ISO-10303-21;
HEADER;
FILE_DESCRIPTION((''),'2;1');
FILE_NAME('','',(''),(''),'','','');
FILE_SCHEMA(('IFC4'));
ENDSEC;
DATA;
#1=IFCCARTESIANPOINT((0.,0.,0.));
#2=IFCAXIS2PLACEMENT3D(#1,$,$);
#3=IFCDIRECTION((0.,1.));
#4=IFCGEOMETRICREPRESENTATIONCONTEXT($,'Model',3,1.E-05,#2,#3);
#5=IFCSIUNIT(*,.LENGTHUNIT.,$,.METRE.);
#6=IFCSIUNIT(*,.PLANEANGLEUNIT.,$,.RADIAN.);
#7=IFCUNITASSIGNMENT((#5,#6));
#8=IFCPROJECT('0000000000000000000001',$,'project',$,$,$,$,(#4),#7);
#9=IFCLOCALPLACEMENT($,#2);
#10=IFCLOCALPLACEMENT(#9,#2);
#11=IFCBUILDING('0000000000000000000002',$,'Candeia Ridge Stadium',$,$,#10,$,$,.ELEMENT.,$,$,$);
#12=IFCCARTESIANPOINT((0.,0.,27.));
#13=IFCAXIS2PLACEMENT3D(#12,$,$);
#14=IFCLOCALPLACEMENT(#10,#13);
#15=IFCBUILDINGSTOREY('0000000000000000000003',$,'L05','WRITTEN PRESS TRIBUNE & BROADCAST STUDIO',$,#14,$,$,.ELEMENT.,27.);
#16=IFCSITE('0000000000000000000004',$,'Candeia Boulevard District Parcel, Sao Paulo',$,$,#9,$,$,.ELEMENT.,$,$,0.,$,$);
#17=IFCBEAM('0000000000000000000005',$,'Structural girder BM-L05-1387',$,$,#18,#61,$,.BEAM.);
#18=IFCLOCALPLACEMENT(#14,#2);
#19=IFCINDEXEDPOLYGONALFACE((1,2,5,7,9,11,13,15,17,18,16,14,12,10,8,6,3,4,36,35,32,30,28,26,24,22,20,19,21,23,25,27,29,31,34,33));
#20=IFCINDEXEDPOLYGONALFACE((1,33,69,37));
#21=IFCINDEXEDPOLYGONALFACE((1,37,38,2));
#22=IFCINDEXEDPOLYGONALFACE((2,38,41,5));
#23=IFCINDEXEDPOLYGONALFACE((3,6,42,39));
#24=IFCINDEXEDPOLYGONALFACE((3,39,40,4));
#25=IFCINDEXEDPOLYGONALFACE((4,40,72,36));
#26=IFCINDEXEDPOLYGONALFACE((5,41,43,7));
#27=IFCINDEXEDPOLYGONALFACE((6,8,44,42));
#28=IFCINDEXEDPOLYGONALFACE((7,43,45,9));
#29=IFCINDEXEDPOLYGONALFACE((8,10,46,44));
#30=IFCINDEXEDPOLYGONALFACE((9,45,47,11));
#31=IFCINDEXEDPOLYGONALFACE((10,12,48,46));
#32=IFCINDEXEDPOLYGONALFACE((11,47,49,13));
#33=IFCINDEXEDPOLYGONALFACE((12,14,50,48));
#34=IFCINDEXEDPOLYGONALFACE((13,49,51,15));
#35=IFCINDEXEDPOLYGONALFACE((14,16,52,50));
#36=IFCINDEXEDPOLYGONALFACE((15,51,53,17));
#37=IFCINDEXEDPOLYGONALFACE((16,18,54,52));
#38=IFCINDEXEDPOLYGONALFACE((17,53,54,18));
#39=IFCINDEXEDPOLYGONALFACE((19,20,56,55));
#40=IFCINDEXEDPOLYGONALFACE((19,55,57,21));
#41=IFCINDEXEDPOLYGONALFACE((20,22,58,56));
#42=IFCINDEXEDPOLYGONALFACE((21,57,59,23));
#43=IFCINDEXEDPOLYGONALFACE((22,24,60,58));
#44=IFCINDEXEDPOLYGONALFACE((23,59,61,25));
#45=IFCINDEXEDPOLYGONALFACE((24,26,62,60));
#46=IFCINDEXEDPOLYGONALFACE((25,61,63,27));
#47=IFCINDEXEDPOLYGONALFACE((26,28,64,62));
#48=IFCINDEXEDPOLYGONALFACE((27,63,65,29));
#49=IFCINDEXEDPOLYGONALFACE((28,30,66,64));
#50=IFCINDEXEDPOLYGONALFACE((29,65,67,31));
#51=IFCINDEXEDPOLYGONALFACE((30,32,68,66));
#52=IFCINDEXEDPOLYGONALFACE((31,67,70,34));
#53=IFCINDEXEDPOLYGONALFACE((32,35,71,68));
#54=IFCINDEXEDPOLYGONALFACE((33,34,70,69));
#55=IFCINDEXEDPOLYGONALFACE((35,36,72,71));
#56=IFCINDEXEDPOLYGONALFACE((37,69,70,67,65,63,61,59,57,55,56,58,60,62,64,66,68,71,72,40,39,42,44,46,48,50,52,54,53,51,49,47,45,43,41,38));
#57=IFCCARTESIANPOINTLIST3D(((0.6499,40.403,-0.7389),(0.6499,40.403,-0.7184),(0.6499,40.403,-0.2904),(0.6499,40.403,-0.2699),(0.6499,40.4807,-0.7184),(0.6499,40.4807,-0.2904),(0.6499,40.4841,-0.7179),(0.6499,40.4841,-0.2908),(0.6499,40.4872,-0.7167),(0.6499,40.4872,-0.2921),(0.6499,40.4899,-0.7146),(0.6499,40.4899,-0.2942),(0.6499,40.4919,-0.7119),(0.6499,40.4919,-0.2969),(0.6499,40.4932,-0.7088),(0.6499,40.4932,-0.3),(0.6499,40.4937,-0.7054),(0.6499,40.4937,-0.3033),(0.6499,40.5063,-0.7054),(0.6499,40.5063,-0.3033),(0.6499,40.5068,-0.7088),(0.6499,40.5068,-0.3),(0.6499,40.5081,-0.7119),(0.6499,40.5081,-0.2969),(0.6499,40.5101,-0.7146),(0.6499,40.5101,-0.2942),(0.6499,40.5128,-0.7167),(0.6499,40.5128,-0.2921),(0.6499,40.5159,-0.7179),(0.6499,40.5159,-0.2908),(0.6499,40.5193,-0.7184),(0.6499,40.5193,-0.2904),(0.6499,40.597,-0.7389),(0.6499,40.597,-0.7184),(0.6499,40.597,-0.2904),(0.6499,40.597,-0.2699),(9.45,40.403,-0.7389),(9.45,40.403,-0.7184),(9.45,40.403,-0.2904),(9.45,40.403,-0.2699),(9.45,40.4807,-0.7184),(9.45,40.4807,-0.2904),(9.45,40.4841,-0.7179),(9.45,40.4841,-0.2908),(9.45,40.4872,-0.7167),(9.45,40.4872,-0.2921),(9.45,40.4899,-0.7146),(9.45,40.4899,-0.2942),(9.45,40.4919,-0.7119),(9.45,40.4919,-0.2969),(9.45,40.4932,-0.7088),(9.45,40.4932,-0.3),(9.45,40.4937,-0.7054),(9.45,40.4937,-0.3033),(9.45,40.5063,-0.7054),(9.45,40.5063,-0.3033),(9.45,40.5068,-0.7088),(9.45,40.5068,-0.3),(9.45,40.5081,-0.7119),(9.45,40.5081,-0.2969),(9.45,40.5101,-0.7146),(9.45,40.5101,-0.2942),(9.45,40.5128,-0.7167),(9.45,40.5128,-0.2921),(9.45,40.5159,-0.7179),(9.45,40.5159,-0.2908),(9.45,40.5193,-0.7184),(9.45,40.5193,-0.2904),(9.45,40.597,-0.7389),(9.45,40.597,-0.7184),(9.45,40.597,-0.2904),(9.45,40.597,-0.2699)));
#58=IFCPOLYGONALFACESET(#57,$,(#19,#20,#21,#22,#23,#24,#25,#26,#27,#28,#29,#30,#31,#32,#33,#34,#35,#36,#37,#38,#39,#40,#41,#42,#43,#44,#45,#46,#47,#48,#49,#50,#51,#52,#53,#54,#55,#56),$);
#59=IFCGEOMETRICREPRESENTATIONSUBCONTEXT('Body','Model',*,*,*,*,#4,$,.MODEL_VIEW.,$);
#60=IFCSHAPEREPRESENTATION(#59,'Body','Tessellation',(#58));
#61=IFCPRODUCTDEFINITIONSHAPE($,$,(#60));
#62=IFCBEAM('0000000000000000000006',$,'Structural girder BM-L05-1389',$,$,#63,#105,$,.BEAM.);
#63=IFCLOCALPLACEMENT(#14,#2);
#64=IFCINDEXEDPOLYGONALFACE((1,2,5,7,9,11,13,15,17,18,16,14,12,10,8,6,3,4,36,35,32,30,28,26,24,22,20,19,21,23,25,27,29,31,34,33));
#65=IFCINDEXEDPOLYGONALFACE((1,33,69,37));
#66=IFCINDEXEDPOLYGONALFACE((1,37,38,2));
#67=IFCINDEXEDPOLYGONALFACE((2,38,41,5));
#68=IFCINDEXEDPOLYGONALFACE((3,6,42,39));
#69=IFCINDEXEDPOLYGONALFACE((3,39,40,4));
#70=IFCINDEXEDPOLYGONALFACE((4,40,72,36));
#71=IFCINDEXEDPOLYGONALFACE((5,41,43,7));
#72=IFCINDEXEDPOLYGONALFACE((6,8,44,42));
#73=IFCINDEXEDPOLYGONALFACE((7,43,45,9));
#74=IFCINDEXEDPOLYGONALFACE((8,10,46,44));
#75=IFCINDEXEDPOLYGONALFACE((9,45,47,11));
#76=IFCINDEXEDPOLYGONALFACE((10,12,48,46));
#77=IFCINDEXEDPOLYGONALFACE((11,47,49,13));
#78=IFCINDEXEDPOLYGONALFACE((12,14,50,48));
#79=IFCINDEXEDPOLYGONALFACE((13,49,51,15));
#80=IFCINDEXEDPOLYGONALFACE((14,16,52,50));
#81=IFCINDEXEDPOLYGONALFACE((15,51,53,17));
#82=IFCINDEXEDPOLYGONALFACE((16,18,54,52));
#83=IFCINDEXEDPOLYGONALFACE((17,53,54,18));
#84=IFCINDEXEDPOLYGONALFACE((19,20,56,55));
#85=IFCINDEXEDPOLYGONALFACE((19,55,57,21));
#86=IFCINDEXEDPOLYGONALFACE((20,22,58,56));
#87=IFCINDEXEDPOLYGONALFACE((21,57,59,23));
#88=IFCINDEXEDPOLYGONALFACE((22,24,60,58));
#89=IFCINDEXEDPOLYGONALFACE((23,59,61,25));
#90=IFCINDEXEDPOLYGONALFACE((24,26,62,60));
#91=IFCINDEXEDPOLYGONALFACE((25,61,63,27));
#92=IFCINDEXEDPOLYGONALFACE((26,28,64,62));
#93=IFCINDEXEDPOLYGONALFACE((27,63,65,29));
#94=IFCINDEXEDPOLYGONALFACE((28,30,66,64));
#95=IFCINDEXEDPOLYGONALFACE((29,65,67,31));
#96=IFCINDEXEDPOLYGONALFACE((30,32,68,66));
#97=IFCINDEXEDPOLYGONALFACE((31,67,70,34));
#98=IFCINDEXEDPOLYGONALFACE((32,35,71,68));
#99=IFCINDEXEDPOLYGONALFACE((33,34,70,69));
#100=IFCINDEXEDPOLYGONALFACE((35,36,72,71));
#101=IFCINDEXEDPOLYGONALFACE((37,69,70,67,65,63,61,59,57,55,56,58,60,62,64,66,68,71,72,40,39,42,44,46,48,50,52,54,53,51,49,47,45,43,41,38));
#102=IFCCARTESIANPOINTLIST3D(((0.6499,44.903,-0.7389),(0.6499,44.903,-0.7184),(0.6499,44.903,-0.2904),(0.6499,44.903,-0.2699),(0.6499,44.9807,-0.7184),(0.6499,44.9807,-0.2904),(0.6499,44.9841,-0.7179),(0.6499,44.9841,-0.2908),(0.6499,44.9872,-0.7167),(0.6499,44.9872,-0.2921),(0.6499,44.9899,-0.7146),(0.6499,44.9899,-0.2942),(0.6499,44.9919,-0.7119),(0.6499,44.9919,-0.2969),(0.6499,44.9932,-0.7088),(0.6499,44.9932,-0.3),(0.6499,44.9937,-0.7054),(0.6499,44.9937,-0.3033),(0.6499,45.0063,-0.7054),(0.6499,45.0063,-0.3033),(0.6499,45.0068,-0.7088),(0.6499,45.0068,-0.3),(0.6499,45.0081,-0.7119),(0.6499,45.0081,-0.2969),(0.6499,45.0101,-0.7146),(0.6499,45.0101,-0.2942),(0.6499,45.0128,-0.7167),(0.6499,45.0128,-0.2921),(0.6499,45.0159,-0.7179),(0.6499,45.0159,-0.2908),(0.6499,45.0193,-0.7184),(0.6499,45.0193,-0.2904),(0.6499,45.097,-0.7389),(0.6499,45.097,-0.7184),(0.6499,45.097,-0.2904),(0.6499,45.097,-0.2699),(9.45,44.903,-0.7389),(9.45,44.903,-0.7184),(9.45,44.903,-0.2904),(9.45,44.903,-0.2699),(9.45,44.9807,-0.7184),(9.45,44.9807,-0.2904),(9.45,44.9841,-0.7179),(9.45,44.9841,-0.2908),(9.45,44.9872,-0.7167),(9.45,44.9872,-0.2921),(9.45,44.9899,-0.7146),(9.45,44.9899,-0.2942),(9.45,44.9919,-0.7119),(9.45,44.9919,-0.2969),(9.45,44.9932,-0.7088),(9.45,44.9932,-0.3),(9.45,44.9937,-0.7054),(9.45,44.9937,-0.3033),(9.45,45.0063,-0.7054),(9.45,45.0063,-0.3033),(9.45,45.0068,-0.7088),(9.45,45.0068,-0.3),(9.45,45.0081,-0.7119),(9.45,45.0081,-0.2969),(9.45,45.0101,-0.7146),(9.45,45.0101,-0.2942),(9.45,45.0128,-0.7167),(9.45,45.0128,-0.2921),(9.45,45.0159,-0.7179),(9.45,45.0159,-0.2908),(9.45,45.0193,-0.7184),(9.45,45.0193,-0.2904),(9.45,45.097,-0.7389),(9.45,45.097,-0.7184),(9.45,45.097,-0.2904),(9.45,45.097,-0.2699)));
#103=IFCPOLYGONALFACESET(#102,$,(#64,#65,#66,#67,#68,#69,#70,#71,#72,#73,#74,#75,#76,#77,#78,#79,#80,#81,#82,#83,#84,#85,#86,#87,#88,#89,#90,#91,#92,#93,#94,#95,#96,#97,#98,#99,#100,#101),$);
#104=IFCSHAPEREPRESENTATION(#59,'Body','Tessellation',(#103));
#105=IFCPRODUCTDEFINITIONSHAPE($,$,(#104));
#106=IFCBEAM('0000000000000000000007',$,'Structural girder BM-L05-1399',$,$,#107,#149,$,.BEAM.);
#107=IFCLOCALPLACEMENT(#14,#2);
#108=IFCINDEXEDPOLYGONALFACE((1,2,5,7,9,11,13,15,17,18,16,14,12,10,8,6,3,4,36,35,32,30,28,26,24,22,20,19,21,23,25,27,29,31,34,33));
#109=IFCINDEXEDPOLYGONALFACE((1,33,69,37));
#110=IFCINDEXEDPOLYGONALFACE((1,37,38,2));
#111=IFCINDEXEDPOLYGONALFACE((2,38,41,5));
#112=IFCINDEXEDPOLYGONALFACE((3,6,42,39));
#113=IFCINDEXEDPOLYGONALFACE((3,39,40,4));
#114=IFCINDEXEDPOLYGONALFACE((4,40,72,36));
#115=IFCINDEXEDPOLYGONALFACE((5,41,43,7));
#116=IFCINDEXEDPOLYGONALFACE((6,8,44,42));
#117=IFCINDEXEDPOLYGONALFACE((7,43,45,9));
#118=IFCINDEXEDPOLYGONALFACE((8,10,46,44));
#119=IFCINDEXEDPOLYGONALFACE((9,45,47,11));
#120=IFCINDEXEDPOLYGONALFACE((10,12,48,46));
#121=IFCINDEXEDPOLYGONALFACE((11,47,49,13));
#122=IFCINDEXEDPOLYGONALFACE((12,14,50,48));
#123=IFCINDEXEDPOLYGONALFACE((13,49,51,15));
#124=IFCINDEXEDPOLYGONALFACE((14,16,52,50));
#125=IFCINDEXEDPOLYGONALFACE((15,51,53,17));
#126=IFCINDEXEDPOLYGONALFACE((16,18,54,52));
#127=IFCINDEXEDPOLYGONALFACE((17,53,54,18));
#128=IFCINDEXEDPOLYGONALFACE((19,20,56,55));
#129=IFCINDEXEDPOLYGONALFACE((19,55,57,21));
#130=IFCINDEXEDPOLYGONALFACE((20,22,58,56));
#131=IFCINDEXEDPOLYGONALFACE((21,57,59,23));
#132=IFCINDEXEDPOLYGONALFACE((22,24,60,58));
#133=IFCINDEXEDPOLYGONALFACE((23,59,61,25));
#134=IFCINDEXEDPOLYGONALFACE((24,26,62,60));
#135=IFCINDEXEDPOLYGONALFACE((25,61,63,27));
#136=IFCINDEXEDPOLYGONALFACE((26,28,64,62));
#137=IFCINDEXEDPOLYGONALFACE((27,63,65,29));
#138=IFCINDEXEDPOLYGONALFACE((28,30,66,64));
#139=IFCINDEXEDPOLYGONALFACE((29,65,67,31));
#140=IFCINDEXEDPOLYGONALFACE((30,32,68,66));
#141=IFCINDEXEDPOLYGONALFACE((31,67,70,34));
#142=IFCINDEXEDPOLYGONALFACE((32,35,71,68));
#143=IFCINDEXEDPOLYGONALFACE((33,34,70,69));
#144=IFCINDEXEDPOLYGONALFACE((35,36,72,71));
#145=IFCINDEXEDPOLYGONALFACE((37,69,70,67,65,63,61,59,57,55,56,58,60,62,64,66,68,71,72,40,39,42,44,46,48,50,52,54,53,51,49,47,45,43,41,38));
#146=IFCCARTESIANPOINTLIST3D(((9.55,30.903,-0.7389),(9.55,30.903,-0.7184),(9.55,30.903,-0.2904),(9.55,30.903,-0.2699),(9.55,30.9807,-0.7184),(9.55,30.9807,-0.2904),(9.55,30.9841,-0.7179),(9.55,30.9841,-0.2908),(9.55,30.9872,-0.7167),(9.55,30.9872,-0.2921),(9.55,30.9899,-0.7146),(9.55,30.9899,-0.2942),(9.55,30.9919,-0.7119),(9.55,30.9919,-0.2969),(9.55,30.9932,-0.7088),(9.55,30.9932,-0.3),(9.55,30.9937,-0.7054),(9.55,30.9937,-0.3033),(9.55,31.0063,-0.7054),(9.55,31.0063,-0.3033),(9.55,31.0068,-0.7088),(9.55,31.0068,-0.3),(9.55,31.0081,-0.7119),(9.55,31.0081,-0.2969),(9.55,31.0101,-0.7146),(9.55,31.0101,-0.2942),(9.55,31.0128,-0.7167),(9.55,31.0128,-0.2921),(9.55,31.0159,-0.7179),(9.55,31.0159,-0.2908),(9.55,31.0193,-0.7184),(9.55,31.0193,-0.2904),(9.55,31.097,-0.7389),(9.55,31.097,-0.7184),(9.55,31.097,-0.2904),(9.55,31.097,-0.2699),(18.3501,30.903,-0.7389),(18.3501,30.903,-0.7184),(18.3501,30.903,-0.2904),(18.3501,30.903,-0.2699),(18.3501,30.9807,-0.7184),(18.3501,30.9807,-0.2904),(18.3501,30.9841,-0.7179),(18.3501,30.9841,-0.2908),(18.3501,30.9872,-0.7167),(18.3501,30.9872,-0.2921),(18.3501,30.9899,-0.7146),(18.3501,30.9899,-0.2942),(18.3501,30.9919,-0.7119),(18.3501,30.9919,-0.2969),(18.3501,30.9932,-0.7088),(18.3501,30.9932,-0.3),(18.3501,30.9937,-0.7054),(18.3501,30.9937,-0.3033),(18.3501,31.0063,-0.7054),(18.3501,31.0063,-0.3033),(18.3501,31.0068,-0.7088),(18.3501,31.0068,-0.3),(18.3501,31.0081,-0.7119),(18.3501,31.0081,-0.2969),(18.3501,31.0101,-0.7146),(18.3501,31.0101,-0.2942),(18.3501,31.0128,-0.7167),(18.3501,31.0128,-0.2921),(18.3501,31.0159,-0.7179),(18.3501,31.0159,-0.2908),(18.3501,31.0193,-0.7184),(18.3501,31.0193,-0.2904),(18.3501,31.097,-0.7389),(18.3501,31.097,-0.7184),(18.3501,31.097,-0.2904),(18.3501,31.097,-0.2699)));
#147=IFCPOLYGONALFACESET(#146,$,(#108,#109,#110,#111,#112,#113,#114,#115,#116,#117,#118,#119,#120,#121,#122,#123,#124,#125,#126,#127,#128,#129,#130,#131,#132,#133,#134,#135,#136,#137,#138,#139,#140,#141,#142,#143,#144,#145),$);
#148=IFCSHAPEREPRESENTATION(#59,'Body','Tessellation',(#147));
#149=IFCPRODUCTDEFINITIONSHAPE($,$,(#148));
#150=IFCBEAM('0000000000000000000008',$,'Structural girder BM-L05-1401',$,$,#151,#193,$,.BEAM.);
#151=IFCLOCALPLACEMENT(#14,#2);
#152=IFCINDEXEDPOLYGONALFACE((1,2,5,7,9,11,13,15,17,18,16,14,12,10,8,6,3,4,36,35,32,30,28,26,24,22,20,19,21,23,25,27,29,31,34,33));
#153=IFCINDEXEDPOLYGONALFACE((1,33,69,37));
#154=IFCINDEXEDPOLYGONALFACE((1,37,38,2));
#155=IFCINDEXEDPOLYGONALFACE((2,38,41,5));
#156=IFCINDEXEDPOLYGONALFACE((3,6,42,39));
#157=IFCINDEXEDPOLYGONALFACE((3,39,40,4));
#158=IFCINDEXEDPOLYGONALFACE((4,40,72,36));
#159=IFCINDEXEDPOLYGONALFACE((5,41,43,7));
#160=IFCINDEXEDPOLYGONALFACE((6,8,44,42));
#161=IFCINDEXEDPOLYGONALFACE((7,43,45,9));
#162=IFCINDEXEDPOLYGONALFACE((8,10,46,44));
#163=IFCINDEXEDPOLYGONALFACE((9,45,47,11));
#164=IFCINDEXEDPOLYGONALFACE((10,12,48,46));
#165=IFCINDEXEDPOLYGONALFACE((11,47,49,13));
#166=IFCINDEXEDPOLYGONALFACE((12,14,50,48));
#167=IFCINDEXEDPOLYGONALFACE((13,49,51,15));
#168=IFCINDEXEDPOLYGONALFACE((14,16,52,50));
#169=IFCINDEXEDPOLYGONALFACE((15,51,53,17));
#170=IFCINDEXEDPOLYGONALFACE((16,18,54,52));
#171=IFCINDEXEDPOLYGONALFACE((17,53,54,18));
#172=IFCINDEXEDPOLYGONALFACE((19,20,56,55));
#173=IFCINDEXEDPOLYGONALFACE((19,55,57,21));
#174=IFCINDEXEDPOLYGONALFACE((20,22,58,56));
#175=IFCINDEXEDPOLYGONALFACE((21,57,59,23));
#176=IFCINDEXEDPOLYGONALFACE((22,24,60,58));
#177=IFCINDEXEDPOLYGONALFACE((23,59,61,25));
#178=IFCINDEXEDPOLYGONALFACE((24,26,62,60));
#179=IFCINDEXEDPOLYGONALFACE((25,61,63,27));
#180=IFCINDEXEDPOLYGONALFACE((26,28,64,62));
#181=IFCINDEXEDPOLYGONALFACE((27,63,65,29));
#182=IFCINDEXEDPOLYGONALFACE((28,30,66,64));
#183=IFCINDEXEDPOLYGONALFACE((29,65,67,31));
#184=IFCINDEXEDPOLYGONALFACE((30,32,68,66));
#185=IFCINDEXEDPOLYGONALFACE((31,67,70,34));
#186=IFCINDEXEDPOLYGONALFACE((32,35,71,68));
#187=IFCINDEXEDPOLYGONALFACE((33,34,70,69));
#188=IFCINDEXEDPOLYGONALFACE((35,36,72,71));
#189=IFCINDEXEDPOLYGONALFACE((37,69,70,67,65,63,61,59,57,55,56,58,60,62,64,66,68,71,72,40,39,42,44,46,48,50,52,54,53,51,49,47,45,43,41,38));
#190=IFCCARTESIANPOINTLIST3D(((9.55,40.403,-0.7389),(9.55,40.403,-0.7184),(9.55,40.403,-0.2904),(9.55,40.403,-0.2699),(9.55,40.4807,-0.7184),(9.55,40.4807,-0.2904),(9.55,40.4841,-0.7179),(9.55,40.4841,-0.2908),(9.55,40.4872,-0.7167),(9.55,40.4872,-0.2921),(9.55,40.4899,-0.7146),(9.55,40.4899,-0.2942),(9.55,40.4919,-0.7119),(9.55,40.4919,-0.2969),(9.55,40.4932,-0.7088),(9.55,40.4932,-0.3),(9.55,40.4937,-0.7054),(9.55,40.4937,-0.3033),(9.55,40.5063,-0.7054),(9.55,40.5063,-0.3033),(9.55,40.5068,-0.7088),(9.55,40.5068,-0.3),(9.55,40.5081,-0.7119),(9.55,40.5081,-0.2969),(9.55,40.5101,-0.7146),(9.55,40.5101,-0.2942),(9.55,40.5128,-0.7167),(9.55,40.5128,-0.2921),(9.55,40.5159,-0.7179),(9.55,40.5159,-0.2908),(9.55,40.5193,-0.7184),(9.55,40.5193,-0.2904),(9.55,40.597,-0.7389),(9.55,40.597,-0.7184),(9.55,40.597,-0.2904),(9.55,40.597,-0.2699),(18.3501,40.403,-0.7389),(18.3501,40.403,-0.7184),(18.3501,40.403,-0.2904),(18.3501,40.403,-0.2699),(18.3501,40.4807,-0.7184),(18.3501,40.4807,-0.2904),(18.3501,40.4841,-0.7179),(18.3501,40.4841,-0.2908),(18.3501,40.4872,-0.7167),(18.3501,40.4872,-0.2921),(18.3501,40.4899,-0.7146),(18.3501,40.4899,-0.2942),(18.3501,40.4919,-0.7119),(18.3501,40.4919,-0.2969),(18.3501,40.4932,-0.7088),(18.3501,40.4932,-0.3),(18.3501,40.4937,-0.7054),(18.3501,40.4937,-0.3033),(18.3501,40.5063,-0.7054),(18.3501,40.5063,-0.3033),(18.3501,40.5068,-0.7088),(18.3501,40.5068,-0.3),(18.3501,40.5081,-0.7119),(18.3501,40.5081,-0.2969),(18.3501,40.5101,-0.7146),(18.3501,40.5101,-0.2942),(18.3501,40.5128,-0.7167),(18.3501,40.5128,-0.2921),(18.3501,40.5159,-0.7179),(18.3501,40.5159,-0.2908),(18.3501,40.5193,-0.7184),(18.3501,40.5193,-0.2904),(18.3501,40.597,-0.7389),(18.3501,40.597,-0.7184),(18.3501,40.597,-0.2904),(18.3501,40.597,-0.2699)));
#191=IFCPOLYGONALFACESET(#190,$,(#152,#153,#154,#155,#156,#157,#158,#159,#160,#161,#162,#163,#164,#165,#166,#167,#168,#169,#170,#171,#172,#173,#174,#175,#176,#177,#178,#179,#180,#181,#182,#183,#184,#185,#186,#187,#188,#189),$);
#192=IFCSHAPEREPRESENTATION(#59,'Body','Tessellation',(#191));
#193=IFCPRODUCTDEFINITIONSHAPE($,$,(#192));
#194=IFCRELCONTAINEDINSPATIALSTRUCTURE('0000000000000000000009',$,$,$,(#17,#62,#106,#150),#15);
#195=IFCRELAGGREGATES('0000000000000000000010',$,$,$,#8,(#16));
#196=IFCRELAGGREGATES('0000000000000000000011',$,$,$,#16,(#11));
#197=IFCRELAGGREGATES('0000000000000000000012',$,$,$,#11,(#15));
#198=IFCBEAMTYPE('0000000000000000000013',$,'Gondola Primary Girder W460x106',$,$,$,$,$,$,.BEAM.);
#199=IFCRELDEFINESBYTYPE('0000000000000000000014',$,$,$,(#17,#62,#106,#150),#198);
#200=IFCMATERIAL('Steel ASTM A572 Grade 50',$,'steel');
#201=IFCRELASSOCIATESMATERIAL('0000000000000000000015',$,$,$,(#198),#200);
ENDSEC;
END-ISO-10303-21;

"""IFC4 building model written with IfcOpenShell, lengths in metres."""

from ifc_helpers import new_model, si_unit, direction, frame, origin, origin_2d, place, context, subcontext, project, spatial, i_section, extrude, material, material_profile, profile_set, type_object, element, save


model = new_model("IFC4")

# Units and contexts
model_context = context("Model", 3, precision=1e-05, world=origin(), true_north=direction((0.0, 1.0)))
body_context = subcontext(model_context, "Body", "Model", "MODEL_VIEW")
ifc_project = project(units=[si_unit("LENGTHUNIT", "METRE"), si_unit("PLANEANGLEUNIT", "RADIAN")], contexts=[model_context])

# Site, building, storey
site_placement = place(None, origin())
site = spatial("IfcSite", under=ifc_project, at=site_placement, Name="Candeia Boulevard District Parcel, Sao Paulo", CompositionType="ELEMENT", RefElevation=0.0)
building_placement = place(site_placement, origin())
building = spatial("IfcBuilding", under=site, at=building_placement, Name="Candeia Ridge Stadium", CompositionType="ELEMENT")
storey_placement = place(building_placement, frame((0.0, 0.0, 27.0)))
storey = spatial("IfcBuildingStorey", under=building, at=storey_placement, Name="L05", Description="WRITTEN PRESS TRIBUNE & BROADCAST STUDIO", CompositionType="ELEMENT", Elevation=27.0)

# Shared definitions
ifc_material_1 = material(Name="Steel ASTM A572 Grade 50", Category="steel")

# Beams
ifc_material_profile_1 = material_profile(ifc_material_1, i_section(OverallWidth=0.1941, OverallDepth=0.469, WebThickness=0.0127, FlangeThickness=0.0205, FilletRadius=0.0129, at=origin_2d()), Name="W460x106", Category="steel")
ifc_profile_set_1 = profile_set([ifc_material_profile_1], Name="Steel ASTM A572 Grade 50")
beam_type_1 = type_object("IfcBeamType", Name="Gondola Primary Girder W460x106", PredefinedType="BEAM", material=ifc_profile_set_1)
for number, where, z_axis, x_axis, name in (
    (1, (0.6499, 40.5, -0.5044), (1.0, 0.0, 0.0), (0.0, 1.0, 0.0), "Structural girder BM-L05-1387"),
    (2, (0.6499, 45.0, -0.5044), (1.0, 0.0, 0.0), (0.0, 1.0, 0.0), "Structural girder BM-L05-1389"),
    (3, (9.55, 31.0, -0.5044), (1.0, 0.0, 0.0), (0.0, 1.0, 0.0), "Structural girder BM-L05-1399"),
    (4, (9.55, 40.5, -0.5044), (1.0, 0.0, 0.0), (0.0, 1.0, 0.0), "Structural girder BM-L05-1401"),
):
    element("IfcBeam", number, at=place(storey_placement, frame(where, z_axis=z_axis, x_axis=x_axis)), inside=storey, type_object=beam_type_1, Name=name, PredefinedType="BEAM", context=body_context, shape_type="SweptSolid", body=[
        extrude(i_section(OverallWidth=0.1941, OverallDepth=0.469, WebThickness=0.0127, FlangeThickness=0.0205, FilletRadius=0.0129, at=origin_2d()), origin(), (0.0, 0.0, 1.0), 8.8),
    ])

save(model, "model.ifc")
